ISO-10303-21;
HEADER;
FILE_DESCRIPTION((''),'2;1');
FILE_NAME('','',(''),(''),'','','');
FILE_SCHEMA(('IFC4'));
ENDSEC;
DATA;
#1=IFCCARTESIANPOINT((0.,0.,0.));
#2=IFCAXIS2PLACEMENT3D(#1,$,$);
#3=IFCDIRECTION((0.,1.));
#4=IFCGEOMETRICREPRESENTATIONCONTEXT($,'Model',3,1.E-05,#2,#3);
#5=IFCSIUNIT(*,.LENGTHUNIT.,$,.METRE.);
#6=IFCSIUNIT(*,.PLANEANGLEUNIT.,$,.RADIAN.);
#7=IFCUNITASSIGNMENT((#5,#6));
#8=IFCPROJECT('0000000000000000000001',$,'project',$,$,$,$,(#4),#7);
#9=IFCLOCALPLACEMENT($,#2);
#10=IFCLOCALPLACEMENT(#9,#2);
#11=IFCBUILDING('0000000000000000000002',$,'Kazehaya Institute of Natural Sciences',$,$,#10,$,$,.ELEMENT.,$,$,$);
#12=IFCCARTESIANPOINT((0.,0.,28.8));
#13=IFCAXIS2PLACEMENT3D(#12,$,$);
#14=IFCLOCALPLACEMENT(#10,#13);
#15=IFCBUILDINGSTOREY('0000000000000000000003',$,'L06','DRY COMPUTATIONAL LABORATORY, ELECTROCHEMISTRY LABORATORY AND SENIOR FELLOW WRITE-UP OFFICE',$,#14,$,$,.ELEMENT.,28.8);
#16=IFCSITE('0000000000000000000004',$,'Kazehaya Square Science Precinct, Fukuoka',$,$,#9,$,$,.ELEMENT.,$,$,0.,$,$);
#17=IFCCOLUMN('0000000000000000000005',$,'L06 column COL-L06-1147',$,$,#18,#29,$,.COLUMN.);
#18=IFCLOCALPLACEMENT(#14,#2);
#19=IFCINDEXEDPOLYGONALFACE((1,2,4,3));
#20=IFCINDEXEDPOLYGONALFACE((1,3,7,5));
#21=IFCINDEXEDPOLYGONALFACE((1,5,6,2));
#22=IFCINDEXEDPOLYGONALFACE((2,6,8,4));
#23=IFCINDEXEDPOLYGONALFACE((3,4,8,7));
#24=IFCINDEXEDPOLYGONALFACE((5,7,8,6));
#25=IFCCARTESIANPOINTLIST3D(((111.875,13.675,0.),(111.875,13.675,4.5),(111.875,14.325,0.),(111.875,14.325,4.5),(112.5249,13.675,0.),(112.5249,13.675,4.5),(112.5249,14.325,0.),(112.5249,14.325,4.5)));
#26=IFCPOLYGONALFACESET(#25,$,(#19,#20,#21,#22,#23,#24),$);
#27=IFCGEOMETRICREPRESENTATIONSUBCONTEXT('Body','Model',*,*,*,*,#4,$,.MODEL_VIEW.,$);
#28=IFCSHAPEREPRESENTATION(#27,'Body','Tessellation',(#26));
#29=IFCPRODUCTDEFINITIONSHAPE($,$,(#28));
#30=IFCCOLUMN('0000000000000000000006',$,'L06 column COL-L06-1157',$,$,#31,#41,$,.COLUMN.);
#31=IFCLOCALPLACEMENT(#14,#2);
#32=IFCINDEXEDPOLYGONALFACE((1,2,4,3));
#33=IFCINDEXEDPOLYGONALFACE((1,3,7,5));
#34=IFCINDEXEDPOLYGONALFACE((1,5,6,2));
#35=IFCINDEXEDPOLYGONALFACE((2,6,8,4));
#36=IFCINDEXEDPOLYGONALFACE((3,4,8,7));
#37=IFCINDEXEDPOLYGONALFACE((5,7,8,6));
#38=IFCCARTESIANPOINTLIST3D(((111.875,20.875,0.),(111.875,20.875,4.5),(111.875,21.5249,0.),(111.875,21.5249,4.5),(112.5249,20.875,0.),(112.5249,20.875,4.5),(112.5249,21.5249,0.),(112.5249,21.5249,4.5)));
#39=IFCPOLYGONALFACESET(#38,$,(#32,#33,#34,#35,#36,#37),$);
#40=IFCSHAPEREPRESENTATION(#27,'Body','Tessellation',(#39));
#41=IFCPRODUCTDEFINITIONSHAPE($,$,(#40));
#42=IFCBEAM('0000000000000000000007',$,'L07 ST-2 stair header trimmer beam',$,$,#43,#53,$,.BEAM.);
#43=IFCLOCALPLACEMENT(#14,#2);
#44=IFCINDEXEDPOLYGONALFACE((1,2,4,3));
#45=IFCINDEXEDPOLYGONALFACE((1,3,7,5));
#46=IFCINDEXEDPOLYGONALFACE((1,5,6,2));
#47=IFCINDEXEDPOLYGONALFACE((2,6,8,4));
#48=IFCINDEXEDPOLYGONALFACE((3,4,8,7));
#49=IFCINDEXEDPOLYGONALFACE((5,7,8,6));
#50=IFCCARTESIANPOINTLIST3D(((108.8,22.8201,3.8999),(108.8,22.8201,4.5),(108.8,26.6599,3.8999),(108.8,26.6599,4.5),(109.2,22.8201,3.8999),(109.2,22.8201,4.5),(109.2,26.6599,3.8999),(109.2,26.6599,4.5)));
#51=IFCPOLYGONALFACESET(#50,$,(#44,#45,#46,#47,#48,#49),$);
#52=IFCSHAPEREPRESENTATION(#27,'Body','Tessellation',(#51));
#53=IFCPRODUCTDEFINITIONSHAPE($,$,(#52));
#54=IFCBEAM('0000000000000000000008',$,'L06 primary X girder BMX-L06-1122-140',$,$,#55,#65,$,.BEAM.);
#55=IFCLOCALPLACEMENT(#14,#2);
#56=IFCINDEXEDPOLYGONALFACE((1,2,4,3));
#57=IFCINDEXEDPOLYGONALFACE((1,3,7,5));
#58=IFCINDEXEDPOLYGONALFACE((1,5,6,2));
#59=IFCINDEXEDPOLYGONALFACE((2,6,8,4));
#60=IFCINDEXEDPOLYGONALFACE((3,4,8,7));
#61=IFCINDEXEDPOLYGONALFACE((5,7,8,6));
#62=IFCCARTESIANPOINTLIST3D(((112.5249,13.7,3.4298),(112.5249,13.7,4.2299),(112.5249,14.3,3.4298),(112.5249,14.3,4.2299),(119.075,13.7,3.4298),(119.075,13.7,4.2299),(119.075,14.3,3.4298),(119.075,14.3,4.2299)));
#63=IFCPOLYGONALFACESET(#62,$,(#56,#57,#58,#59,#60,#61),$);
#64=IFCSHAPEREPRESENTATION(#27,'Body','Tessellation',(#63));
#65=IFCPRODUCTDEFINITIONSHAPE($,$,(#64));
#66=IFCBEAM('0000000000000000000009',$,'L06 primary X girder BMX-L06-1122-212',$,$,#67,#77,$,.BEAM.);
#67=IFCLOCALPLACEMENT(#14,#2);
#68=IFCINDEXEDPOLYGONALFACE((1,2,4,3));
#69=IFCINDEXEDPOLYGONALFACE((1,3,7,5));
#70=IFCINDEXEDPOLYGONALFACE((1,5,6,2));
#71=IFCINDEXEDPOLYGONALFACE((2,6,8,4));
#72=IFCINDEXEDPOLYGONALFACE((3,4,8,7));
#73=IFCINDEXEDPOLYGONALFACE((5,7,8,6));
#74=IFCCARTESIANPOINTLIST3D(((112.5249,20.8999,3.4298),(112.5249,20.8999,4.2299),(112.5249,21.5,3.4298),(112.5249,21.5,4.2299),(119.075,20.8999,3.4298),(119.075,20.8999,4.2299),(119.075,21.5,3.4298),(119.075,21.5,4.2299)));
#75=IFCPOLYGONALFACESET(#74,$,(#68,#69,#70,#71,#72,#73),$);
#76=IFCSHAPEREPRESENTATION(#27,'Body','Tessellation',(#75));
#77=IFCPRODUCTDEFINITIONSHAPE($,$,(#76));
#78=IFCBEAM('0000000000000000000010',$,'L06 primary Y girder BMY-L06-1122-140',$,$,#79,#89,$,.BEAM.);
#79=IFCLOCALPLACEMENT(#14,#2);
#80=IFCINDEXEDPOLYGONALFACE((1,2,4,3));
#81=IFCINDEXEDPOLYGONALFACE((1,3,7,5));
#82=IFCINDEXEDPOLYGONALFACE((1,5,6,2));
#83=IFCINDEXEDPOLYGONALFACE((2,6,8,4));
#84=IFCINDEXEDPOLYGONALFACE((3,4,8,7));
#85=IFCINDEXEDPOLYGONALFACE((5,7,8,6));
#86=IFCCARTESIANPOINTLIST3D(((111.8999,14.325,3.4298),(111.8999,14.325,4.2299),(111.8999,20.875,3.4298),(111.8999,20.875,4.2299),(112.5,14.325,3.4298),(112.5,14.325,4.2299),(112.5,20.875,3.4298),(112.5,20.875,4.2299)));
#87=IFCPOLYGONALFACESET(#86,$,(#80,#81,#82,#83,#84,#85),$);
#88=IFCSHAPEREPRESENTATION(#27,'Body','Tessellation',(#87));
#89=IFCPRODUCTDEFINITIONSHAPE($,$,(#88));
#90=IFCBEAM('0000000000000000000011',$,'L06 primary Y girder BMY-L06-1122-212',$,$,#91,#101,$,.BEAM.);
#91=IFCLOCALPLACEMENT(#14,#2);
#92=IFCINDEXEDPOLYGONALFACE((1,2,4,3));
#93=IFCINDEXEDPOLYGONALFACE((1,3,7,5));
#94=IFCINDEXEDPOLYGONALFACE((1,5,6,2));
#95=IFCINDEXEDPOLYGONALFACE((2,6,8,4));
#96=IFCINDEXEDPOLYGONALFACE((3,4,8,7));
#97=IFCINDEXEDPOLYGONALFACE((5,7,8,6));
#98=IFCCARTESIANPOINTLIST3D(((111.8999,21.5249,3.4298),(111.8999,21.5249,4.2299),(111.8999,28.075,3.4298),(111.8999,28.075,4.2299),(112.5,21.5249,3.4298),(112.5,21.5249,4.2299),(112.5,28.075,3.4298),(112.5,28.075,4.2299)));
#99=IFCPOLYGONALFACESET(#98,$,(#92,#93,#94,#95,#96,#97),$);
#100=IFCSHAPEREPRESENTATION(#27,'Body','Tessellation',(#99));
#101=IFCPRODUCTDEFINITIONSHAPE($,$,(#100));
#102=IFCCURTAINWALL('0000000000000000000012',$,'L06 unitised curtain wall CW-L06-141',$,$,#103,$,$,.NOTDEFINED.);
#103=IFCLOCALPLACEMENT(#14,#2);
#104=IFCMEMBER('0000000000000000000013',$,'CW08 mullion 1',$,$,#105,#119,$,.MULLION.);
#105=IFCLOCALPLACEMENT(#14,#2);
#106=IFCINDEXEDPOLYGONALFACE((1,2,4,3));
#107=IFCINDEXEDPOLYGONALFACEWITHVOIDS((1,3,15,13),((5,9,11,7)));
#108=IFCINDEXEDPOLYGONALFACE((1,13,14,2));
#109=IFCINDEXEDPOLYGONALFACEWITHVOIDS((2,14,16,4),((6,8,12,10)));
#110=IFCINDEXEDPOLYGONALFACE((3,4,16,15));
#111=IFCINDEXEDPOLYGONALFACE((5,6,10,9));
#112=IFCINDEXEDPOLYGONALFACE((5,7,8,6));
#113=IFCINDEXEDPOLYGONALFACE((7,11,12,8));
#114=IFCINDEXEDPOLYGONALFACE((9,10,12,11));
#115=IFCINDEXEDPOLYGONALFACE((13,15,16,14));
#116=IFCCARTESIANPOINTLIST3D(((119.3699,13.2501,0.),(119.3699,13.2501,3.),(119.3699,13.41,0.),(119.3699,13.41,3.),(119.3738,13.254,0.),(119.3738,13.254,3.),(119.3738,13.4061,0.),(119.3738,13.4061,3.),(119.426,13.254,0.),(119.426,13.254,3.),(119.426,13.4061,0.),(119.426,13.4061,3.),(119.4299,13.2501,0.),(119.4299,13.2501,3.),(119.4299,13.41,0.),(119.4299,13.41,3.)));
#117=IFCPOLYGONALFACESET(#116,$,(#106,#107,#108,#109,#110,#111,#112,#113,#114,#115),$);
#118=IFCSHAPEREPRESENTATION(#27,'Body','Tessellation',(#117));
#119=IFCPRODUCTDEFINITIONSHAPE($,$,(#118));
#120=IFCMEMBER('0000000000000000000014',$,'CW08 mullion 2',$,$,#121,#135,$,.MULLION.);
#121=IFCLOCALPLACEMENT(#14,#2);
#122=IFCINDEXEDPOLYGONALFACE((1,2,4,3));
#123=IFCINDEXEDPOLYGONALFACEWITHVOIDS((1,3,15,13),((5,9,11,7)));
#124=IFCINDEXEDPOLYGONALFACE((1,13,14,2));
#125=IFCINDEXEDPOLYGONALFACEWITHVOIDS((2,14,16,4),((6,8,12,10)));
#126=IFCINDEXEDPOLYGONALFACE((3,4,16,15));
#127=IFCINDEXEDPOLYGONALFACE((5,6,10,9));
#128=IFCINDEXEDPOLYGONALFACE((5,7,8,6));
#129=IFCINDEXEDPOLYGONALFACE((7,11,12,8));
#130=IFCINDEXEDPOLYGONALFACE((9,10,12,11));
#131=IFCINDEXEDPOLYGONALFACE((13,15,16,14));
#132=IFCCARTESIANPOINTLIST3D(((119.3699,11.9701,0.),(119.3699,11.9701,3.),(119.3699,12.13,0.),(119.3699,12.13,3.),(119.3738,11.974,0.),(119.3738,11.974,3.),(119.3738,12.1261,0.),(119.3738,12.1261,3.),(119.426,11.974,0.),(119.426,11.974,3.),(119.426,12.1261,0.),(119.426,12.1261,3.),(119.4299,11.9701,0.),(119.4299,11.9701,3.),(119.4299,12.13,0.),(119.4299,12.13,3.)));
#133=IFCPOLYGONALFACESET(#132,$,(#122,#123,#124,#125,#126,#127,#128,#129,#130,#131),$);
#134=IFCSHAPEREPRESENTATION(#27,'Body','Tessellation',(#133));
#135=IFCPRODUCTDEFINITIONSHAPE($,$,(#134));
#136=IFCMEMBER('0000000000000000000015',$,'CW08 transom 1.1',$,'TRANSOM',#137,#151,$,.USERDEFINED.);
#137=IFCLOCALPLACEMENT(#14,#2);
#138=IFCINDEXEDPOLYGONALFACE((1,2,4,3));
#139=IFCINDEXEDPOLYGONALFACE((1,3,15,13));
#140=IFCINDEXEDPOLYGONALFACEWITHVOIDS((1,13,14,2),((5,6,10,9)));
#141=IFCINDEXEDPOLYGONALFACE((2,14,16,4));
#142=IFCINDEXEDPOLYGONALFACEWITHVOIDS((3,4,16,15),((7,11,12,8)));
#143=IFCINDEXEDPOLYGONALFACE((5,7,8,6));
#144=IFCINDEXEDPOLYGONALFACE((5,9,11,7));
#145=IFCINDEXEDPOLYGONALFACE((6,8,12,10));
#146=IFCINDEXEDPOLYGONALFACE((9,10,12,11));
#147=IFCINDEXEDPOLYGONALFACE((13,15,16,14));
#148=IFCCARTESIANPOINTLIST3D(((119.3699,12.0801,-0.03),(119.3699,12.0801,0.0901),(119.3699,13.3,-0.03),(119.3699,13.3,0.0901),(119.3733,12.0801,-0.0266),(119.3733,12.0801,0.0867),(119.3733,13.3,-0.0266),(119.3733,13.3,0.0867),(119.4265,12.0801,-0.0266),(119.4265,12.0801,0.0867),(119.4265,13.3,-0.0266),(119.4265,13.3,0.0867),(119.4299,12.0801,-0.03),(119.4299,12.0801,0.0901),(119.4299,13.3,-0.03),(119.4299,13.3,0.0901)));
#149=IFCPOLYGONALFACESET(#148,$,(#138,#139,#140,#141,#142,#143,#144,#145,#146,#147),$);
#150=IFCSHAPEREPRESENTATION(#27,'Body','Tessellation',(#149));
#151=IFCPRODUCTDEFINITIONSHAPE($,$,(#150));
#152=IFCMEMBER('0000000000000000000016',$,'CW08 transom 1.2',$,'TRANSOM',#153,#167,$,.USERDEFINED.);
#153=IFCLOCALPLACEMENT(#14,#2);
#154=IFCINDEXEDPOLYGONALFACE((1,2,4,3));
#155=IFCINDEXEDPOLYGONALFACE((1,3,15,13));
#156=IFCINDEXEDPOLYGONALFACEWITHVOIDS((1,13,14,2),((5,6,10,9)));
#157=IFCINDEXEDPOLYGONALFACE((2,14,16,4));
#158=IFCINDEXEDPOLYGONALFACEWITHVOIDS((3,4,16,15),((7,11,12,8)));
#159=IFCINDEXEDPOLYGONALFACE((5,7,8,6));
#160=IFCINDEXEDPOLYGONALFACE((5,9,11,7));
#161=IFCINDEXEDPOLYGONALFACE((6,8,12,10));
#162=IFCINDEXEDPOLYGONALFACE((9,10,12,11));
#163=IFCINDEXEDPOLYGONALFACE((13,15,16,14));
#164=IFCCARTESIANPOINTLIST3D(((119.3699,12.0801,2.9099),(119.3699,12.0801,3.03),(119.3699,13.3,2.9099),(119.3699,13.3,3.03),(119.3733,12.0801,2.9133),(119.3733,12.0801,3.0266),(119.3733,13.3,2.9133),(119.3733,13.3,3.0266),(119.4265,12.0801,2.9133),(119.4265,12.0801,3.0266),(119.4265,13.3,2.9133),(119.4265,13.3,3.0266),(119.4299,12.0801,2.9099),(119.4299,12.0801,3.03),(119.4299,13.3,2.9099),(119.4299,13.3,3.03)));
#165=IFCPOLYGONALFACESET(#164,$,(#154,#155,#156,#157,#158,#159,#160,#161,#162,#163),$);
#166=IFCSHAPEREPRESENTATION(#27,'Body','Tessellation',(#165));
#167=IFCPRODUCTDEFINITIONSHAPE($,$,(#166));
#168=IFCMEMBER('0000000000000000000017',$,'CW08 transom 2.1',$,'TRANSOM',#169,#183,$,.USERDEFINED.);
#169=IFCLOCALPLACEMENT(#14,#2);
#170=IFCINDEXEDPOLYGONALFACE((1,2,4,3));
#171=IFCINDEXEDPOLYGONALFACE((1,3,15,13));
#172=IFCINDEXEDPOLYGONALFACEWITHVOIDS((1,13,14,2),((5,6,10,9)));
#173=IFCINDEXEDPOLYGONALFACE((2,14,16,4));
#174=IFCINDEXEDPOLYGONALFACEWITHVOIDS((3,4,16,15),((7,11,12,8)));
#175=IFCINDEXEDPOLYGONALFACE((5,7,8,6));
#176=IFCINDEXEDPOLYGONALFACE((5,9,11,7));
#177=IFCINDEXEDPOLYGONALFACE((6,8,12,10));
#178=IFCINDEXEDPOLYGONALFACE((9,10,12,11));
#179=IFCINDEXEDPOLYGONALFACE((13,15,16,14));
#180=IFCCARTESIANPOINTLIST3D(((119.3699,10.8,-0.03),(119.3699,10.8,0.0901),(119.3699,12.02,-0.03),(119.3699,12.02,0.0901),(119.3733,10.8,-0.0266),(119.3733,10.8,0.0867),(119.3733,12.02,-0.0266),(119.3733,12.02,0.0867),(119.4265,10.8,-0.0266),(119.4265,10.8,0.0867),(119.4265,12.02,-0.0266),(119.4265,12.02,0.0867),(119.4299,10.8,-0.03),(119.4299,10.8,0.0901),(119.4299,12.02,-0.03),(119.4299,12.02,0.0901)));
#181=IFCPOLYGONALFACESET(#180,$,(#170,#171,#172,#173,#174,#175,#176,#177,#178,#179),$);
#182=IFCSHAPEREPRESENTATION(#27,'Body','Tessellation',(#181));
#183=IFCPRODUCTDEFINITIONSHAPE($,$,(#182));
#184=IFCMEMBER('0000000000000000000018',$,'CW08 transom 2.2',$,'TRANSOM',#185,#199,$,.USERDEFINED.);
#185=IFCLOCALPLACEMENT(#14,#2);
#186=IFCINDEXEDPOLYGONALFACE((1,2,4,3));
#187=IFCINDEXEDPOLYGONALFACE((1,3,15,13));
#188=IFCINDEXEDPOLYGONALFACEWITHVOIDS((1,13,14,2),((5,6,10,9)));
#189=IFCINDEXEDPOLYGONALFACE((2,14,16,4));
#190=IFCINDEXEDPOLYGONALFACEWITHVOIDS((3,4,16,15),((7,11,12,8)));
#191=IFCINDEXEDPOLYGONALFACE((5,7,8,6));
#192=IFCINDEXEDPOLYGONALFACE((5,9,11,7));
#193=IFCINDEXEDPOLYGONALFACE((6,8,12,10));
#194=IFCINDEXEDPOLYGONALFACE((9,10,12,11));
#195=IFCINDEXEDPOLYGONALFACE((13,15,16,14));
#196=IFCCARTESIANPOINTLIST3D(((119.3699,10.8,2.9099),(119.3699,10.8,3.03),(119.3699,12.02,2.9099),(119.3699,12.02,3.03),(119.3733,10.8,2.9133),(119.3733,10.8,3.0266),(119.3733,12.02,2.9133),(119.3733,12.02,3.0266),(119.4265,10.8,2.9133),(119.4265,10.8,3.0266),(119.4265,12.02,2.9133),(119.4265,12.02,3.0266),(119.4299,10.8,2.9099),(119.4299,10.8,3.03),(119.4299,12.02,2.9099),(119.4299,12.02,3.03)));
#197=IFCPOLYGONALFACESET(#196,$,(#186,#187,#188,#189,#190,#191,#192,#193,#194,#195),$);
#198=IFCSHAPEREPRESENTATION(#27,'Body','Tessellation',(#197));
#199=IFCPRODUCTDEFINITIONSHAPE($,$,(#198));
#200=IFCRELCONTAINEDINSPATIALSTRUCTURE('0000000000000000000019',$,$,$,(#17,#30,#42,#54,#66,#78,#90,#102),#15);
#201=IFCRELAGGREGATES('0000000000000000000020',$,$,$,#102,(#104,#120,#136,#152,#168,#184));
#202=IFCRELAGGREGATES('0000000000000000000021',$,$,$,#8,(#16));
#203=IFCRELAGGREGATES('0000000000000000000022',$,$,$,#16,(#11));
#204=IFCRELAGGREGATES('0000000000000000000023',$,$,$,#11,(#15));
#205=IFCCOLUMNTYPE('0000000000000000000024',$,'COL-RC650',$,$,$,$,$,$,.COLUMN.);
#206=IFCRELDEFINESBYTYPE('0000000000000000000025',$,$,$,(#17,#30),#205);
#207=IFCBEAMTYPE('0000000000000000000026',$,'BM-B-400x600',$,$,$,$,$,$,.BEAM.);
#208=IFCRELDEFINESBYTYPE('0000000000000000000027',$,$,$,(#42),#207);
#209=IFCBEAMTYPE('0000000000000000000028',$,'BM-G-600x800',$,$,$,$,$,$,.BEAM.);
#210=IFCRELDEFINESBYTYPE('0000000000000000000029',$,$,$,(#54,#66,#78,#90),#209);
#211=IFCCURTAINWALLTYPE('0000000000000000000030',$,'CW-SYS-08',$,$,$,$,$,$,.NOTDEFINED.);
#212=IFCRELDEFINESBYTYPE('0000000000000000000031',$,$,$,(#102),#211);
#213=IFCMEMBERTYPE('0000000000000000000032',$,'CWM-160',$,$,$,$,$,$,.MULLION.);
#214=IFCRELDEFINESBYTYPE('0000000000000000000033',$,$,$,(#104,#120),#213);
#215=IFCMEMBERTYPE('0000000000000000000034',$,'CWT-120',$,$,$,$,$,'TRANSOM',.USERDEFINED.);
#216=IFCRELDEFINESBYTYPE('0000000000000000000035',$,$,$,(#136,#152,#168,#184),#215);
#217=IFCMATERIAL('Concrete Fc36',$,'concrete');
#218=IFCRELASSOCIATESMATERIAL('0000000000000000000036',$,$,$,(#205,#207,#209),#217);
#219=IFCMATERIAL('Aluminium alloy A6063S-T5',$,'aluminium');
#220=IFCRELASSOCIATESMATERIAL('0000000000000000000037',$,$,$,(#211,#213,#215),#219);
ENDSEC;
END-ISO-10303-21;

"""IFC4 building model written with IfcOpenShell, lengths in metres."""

from ifc_helpers import new_model, si_unit, direction, frame, origin, origin_2d, place, context, subcontext, project, spatial, rectangle, hollow_rectangle, extrude, material, material_profile, profile_set, type_object, element, aggregate, save


model = new_model("IFC4")

# Units and contexts
model_context = context("Model", 3, precision=1e-05, world=origin(), true_north=direction((0.0, 1.0)))
body_context = subcontext(model_context, "Body", "Model", "MODEL_VIEW")
ifc_project = project(units=[si_unit("LENGTHUNIT", "METRE"), si_unit("PLANEANGLEUNIT", "RADIAN")], contexts=[model_context])

# Site, building, storey
site_placement = place(None, origin())
site = spatial("IfcSite", under=ifc_project, at=site_placement, Name="Kazehaya Square Science Precinct, Fukuoka", CompositionType="ELEMENT", RefElevation=0.0)
building_placement = place(site_placement, origin())
building = spatial("IfcBuilding", under=site, at=building_placement, Name="Kazehaya Institute of Natural Sciences", CompositionType="ELEMENT")
storey_placement = place(building_placement, frame((0.0, 0.0, 28.8)))
storey = spatial("IfcBuildingStorey", under=building, at=storey_placement, Name="L06", Description="DRY COMPUTATIONAL LABORATORY, ELECTROCHEMISTRY LABORATORY AND SENIOR FELLOW WRITE-UP OFFICE", CompositionType="ELEMENT", Elevation=28.8)

# Columns
ifc_material_1 = material(Name="Concrete Fc36", Category="concrete")
ifc_material_profile_1 = material_profile(ifc_material_1, rectangle(XDim=0.6499, YDim=0.6499, at=origin_2d()), Name="RC-650x650")
ifc_profile_set_1 = profile_set([ifc_material_profile_1], Name="Concrete Fc36")
column_type = type_object("IfcColumnType", Name="COL-RC650", PredefinedType="COLUMN", material=ifc_profile_set_1)
for number, where, z_axis, x_axis, name in (
    (1, (112.2, 14.0, 0.0), (0.0, 0.0, 1.0), (1.0, 0.0, 0.0), "L06 column COL-L06-1147"),
    (2, (112.2, 21.2, 0.0), (0.0, 0.0, 1.0), (1.0, 0.0, 0.0), "L06 column COL-L06-1157"),
):
    element("IfcColumn", number, at=place(storey_placement, frame(where, z_axis=z_axis, x_axis=x_axis)), inside=storey, type_object=column_type, Name=name, PredefinedType="COLUMN", context=body_context, shape_type="SweptSolid", body=[
        extrude(rectangle(XDim=0.6499, YDim=0.6499, at=origin_2d()), origin(), (0.0, 0.0, 1.0), 4.5),
    ])

# Beams
ifc_material_profile_2 = material_profile(ifc_material_1, rectangle(XDim=0.3999, YDim=0.6001, at=origin_2d()), Name="RC-400x600")
ifc_profile_set_2 = profile_set([ifc_material_profile_2], Name="Concrete Fc36")
beam_type_1 = type_object("IfcBeamType", Name="BM-B-400x600", PredefinedType="BEAM", material=ifc_profile_set_2)
beam_placement = place(storey_placement, frame((109.0, 22.8201, 4.2), z_axis=(0.0, 1.0, 0.0), x_axis=(-1.0, 0.0, 0.0)))
element("IfcBeam", 3, at=beam_placement, inside=storey, type_object=beam_type_1, Name="L07 ST-2 stair header trimmer beam", PredefinedType="BEAM", context=body_context, shape_type="SweptSolid", body=[
    extrude(rectangle(XDim=0.3999, YDim=0.6001, at=origin_2d()), origin(), (0.0, 0.0, 1.0), 3.8398),
])
ifc_material_profile_3 = material_profile(ifc_material_1, rectangle(XDim=0.6001, YDim=0.8, at=origin_2d()), Name="RC-600x800")
ifc_profile_set_3 = profile_set([ifc_material_profile_3], Name="Concrete Fc36")
beam_type_2 = type_object("IfcBeamType", Name="BM-G-600x800", PredefinedType="BEAM", material=ifc_profile_set_3)
for number, where, z_axis, x_axis, name in (
    (4, (112.5249, 14.0, 3.8298), (1.0, 0.0, 0.0), (0.0, 1.0, 0.0), "L06 primary X girder BMX-L06-1122-140"),
    (5, (112.5249, 21.2, 3.8298), (1.0, 0.0, 0.0), (0.0, 1.0, 0.0), "L06 primary X girder BMX-L06-1122-212"),
    (6, (112.2, 14.325, 3.8298), (0.0, 1.0, 0.0), (-1.0, 0.0, 0.0), "L06 primary Y girder BMY-L06-1122-140"),
    (7, (112.2, 21.5249, 3.8298), (0.0, 1.0, 0.0), (-1.0, 0.0, 0.0), "L06 primary Y girder BMY-L06-1122-212"),
):
    element("IfcBeam", number, at=place(storey_placement, frame(where, z_axis=z_axis, x_axis=x_axis)), inside=storey, type_object=beam_type_2, Name=name, PredefinedType="BEAM", context=body_context, shape_type="SweptSolid", body=[
        extrude(rectangle(XDim=0.6001, YDim=0.8, at=origin_2d()), origin(), (0.0, 0.0, 1.0), 6.55),
    ])

# Curtain wall, members
ifc_material_2 = material(Name="Aluminium alloy A6063S-T5", Category="aluminium")
curtain_wall_type = type_object("IfcCurtainWallType", Name="CW-SYS-08", PredefinedType="NOTDEFINED", material=ifc_material_2)
curtain_wall_placement = place(storey_placement, origin())
curtain_wall = element("IfcCurtainWall", 8, at=curtain_wall_placement, inside=storey, type_object=curtain_wall_type, Name="L06 unitised curtain wall CW-L06-141", PredefinedType="NOTDEFINED")
ifc_material_profile_4 = material_profile(ifc_material_2, hollow_rectangle(XDim=0.0601, YDim=0.1599, WallThickness=0.0039, at=origin_2d()), Name="ALU-60x160x4")
ifc_profile_set_4 = profile_set([ifc_material_profile_4], Name="Aluminium alloy A6063S-T5")
member_type_1 = type_object("IfcMemberType", Name="CWM-160", PredefinedType="MULLION", material=ifc_profile_set_4)
member_1_placement = place(storey_placement, frame((119.3999, 13.3301, 0.0), z_axis=(0.0, 0.0, 1.0), x_axis=(1.0, 0.0, 0.0)))
member_1 = element("IfcMember", 9, at=member_1_placement, type_object=member_type_1, Name="CW08 mullion 1", PredefinedType="MULLION", context=body_context, shape_type="SweptSolid", body=[
    extrude(hollow_rectangle(XDim=0.0601, YDim=0.1599, WallThickness=0.0039, at=origin_2d()), origin(), (0.0, 0.0, 1.0), 3.0),
])
member_2_placement = place(storey_placement, frame((119.3999, 12.05, 0.0), z_axis=(0.0, 0.0, 1.0), x_axis=(1.0, 0.0, 0.0)))
member_2 = element("IfcMember", 10, at=member_2_placement, type_object=member_type_1, Name="CW08 mullion 2", PredefinedType="MULLION", context=body_context, shape_type="SweptSolid", body=[
    extrude(hollow_rectangle(XDim=0.0601, YDim=0.1599, WallThickness=0.0039, at=origin_2d()), origin(), (0.0, 0.0, 1.0), 3.0),
])
ifc_material_profile_5 = material_profile(ifc_material_2, hollow_rectangle(XDim=0.0601, YDim=0.1201, WallThickness=0.0034, at=origin_2d()), Name="ALU-60x120x3.5")
ifc_profile_set_5 = profile_set([ifc_material_profile_5], Name="Aluminium alloy A6063S-T5")
member_type_2 = type_object("IfcMemberType", Name="CWT-120", ElementType="TRANSOM", PredefinedType="USERDEFINED", material=ifc_profile_set_5)
member_3_placement = place(storey_placement, frame((119.3999, 13.3, 0.03), z_axis=(0.0, -1.0, 0.0), x_axis=(1.0, 0.0, 0.0)))
member_3 = element("IfcMember", 11, at=member_3_placement, type_object=member_type_2, Name="CW08 transom 1.1", ObjectType="TRANSOM", PredefinedType="USERDEFINED", context=body_context, shape_type="SweptSolid", body=[
    extrude(hollow_rectangle(XDim=0.0601, YDim=0.1201, WallThickness=0.0034, at=origin_2d()), origin(), (0.0, 0.0, 1.0), 1.22),
])
member_4_placement = place(storey_placement, frame((119.3999, 13.3, 2.97), z_axis=(0.0, -1.0, 0.0), x_axis=(1.0, 0.0, 0.0)))
member_4 = element("IfcMember", 12, at=member_4_placement, type_object=member_type_2, Name="CW08 transom 1.2", ObjectType="TRANSOM", PredefinedType="USERDEFINED", context=body_context, shape_type="SweptSolid", body=[
    extrude(hollow_rectangle(XDim=0.0601, YDim=0.1201, WallThickness=0.0034, at=origin_2d()), origin(), (0.0, 0.0, 1.0), 1.22),
])
member_5_placement = place(storey_placement, frame((119.3999, 12.02, 0.03), z_axis=(0.0, -1.0, 0.0), x_axis=(1.0, 0.0, 0.0)))
member_5 = element("IfcMember", 13, at=member_5_placement, type_object=member_type_2, Name="CW08 transom 2.1", ObjectType="TRANSOM", PredefinedType="USERDEFINED", context=body_context, shape_type="SweptSolid", body=[
    extrude(hollow_rectangle(XDim=0.0601, YDim=0.1201, WallThickness=0.0034, at=origin_2d()), origin(), (0.0, 0.0, 1.0), 1.22),
])
member_6_placement = place(storey_placement, frame((119.3999, 12.02, 2.97), z_axis=(0.0, -1.0, 0.0), x_axis=(1.0, 0.0, 0.0)))
member_6 = element("IfcMember", 14, at=member_6_placement, type_object=member_type_2, Name="CW08 transom 2.2", ObjectType="TRANSOM", PredefinedType="USERDEFINED", context=body_context, shape_type="SweptSolid", body=[
    extrude(hollow_rectangle(XDim=0.0601, YDim=0.1201, WallThickness=0.0034, at=origin_2d()), origin(), (0.0, 0.0, 1.0), 1.22),
])
aggregate(curtain_wall, [member_1, member_2, member_3, member_4, member_5, member_6])

save(model, "model.ifc")
